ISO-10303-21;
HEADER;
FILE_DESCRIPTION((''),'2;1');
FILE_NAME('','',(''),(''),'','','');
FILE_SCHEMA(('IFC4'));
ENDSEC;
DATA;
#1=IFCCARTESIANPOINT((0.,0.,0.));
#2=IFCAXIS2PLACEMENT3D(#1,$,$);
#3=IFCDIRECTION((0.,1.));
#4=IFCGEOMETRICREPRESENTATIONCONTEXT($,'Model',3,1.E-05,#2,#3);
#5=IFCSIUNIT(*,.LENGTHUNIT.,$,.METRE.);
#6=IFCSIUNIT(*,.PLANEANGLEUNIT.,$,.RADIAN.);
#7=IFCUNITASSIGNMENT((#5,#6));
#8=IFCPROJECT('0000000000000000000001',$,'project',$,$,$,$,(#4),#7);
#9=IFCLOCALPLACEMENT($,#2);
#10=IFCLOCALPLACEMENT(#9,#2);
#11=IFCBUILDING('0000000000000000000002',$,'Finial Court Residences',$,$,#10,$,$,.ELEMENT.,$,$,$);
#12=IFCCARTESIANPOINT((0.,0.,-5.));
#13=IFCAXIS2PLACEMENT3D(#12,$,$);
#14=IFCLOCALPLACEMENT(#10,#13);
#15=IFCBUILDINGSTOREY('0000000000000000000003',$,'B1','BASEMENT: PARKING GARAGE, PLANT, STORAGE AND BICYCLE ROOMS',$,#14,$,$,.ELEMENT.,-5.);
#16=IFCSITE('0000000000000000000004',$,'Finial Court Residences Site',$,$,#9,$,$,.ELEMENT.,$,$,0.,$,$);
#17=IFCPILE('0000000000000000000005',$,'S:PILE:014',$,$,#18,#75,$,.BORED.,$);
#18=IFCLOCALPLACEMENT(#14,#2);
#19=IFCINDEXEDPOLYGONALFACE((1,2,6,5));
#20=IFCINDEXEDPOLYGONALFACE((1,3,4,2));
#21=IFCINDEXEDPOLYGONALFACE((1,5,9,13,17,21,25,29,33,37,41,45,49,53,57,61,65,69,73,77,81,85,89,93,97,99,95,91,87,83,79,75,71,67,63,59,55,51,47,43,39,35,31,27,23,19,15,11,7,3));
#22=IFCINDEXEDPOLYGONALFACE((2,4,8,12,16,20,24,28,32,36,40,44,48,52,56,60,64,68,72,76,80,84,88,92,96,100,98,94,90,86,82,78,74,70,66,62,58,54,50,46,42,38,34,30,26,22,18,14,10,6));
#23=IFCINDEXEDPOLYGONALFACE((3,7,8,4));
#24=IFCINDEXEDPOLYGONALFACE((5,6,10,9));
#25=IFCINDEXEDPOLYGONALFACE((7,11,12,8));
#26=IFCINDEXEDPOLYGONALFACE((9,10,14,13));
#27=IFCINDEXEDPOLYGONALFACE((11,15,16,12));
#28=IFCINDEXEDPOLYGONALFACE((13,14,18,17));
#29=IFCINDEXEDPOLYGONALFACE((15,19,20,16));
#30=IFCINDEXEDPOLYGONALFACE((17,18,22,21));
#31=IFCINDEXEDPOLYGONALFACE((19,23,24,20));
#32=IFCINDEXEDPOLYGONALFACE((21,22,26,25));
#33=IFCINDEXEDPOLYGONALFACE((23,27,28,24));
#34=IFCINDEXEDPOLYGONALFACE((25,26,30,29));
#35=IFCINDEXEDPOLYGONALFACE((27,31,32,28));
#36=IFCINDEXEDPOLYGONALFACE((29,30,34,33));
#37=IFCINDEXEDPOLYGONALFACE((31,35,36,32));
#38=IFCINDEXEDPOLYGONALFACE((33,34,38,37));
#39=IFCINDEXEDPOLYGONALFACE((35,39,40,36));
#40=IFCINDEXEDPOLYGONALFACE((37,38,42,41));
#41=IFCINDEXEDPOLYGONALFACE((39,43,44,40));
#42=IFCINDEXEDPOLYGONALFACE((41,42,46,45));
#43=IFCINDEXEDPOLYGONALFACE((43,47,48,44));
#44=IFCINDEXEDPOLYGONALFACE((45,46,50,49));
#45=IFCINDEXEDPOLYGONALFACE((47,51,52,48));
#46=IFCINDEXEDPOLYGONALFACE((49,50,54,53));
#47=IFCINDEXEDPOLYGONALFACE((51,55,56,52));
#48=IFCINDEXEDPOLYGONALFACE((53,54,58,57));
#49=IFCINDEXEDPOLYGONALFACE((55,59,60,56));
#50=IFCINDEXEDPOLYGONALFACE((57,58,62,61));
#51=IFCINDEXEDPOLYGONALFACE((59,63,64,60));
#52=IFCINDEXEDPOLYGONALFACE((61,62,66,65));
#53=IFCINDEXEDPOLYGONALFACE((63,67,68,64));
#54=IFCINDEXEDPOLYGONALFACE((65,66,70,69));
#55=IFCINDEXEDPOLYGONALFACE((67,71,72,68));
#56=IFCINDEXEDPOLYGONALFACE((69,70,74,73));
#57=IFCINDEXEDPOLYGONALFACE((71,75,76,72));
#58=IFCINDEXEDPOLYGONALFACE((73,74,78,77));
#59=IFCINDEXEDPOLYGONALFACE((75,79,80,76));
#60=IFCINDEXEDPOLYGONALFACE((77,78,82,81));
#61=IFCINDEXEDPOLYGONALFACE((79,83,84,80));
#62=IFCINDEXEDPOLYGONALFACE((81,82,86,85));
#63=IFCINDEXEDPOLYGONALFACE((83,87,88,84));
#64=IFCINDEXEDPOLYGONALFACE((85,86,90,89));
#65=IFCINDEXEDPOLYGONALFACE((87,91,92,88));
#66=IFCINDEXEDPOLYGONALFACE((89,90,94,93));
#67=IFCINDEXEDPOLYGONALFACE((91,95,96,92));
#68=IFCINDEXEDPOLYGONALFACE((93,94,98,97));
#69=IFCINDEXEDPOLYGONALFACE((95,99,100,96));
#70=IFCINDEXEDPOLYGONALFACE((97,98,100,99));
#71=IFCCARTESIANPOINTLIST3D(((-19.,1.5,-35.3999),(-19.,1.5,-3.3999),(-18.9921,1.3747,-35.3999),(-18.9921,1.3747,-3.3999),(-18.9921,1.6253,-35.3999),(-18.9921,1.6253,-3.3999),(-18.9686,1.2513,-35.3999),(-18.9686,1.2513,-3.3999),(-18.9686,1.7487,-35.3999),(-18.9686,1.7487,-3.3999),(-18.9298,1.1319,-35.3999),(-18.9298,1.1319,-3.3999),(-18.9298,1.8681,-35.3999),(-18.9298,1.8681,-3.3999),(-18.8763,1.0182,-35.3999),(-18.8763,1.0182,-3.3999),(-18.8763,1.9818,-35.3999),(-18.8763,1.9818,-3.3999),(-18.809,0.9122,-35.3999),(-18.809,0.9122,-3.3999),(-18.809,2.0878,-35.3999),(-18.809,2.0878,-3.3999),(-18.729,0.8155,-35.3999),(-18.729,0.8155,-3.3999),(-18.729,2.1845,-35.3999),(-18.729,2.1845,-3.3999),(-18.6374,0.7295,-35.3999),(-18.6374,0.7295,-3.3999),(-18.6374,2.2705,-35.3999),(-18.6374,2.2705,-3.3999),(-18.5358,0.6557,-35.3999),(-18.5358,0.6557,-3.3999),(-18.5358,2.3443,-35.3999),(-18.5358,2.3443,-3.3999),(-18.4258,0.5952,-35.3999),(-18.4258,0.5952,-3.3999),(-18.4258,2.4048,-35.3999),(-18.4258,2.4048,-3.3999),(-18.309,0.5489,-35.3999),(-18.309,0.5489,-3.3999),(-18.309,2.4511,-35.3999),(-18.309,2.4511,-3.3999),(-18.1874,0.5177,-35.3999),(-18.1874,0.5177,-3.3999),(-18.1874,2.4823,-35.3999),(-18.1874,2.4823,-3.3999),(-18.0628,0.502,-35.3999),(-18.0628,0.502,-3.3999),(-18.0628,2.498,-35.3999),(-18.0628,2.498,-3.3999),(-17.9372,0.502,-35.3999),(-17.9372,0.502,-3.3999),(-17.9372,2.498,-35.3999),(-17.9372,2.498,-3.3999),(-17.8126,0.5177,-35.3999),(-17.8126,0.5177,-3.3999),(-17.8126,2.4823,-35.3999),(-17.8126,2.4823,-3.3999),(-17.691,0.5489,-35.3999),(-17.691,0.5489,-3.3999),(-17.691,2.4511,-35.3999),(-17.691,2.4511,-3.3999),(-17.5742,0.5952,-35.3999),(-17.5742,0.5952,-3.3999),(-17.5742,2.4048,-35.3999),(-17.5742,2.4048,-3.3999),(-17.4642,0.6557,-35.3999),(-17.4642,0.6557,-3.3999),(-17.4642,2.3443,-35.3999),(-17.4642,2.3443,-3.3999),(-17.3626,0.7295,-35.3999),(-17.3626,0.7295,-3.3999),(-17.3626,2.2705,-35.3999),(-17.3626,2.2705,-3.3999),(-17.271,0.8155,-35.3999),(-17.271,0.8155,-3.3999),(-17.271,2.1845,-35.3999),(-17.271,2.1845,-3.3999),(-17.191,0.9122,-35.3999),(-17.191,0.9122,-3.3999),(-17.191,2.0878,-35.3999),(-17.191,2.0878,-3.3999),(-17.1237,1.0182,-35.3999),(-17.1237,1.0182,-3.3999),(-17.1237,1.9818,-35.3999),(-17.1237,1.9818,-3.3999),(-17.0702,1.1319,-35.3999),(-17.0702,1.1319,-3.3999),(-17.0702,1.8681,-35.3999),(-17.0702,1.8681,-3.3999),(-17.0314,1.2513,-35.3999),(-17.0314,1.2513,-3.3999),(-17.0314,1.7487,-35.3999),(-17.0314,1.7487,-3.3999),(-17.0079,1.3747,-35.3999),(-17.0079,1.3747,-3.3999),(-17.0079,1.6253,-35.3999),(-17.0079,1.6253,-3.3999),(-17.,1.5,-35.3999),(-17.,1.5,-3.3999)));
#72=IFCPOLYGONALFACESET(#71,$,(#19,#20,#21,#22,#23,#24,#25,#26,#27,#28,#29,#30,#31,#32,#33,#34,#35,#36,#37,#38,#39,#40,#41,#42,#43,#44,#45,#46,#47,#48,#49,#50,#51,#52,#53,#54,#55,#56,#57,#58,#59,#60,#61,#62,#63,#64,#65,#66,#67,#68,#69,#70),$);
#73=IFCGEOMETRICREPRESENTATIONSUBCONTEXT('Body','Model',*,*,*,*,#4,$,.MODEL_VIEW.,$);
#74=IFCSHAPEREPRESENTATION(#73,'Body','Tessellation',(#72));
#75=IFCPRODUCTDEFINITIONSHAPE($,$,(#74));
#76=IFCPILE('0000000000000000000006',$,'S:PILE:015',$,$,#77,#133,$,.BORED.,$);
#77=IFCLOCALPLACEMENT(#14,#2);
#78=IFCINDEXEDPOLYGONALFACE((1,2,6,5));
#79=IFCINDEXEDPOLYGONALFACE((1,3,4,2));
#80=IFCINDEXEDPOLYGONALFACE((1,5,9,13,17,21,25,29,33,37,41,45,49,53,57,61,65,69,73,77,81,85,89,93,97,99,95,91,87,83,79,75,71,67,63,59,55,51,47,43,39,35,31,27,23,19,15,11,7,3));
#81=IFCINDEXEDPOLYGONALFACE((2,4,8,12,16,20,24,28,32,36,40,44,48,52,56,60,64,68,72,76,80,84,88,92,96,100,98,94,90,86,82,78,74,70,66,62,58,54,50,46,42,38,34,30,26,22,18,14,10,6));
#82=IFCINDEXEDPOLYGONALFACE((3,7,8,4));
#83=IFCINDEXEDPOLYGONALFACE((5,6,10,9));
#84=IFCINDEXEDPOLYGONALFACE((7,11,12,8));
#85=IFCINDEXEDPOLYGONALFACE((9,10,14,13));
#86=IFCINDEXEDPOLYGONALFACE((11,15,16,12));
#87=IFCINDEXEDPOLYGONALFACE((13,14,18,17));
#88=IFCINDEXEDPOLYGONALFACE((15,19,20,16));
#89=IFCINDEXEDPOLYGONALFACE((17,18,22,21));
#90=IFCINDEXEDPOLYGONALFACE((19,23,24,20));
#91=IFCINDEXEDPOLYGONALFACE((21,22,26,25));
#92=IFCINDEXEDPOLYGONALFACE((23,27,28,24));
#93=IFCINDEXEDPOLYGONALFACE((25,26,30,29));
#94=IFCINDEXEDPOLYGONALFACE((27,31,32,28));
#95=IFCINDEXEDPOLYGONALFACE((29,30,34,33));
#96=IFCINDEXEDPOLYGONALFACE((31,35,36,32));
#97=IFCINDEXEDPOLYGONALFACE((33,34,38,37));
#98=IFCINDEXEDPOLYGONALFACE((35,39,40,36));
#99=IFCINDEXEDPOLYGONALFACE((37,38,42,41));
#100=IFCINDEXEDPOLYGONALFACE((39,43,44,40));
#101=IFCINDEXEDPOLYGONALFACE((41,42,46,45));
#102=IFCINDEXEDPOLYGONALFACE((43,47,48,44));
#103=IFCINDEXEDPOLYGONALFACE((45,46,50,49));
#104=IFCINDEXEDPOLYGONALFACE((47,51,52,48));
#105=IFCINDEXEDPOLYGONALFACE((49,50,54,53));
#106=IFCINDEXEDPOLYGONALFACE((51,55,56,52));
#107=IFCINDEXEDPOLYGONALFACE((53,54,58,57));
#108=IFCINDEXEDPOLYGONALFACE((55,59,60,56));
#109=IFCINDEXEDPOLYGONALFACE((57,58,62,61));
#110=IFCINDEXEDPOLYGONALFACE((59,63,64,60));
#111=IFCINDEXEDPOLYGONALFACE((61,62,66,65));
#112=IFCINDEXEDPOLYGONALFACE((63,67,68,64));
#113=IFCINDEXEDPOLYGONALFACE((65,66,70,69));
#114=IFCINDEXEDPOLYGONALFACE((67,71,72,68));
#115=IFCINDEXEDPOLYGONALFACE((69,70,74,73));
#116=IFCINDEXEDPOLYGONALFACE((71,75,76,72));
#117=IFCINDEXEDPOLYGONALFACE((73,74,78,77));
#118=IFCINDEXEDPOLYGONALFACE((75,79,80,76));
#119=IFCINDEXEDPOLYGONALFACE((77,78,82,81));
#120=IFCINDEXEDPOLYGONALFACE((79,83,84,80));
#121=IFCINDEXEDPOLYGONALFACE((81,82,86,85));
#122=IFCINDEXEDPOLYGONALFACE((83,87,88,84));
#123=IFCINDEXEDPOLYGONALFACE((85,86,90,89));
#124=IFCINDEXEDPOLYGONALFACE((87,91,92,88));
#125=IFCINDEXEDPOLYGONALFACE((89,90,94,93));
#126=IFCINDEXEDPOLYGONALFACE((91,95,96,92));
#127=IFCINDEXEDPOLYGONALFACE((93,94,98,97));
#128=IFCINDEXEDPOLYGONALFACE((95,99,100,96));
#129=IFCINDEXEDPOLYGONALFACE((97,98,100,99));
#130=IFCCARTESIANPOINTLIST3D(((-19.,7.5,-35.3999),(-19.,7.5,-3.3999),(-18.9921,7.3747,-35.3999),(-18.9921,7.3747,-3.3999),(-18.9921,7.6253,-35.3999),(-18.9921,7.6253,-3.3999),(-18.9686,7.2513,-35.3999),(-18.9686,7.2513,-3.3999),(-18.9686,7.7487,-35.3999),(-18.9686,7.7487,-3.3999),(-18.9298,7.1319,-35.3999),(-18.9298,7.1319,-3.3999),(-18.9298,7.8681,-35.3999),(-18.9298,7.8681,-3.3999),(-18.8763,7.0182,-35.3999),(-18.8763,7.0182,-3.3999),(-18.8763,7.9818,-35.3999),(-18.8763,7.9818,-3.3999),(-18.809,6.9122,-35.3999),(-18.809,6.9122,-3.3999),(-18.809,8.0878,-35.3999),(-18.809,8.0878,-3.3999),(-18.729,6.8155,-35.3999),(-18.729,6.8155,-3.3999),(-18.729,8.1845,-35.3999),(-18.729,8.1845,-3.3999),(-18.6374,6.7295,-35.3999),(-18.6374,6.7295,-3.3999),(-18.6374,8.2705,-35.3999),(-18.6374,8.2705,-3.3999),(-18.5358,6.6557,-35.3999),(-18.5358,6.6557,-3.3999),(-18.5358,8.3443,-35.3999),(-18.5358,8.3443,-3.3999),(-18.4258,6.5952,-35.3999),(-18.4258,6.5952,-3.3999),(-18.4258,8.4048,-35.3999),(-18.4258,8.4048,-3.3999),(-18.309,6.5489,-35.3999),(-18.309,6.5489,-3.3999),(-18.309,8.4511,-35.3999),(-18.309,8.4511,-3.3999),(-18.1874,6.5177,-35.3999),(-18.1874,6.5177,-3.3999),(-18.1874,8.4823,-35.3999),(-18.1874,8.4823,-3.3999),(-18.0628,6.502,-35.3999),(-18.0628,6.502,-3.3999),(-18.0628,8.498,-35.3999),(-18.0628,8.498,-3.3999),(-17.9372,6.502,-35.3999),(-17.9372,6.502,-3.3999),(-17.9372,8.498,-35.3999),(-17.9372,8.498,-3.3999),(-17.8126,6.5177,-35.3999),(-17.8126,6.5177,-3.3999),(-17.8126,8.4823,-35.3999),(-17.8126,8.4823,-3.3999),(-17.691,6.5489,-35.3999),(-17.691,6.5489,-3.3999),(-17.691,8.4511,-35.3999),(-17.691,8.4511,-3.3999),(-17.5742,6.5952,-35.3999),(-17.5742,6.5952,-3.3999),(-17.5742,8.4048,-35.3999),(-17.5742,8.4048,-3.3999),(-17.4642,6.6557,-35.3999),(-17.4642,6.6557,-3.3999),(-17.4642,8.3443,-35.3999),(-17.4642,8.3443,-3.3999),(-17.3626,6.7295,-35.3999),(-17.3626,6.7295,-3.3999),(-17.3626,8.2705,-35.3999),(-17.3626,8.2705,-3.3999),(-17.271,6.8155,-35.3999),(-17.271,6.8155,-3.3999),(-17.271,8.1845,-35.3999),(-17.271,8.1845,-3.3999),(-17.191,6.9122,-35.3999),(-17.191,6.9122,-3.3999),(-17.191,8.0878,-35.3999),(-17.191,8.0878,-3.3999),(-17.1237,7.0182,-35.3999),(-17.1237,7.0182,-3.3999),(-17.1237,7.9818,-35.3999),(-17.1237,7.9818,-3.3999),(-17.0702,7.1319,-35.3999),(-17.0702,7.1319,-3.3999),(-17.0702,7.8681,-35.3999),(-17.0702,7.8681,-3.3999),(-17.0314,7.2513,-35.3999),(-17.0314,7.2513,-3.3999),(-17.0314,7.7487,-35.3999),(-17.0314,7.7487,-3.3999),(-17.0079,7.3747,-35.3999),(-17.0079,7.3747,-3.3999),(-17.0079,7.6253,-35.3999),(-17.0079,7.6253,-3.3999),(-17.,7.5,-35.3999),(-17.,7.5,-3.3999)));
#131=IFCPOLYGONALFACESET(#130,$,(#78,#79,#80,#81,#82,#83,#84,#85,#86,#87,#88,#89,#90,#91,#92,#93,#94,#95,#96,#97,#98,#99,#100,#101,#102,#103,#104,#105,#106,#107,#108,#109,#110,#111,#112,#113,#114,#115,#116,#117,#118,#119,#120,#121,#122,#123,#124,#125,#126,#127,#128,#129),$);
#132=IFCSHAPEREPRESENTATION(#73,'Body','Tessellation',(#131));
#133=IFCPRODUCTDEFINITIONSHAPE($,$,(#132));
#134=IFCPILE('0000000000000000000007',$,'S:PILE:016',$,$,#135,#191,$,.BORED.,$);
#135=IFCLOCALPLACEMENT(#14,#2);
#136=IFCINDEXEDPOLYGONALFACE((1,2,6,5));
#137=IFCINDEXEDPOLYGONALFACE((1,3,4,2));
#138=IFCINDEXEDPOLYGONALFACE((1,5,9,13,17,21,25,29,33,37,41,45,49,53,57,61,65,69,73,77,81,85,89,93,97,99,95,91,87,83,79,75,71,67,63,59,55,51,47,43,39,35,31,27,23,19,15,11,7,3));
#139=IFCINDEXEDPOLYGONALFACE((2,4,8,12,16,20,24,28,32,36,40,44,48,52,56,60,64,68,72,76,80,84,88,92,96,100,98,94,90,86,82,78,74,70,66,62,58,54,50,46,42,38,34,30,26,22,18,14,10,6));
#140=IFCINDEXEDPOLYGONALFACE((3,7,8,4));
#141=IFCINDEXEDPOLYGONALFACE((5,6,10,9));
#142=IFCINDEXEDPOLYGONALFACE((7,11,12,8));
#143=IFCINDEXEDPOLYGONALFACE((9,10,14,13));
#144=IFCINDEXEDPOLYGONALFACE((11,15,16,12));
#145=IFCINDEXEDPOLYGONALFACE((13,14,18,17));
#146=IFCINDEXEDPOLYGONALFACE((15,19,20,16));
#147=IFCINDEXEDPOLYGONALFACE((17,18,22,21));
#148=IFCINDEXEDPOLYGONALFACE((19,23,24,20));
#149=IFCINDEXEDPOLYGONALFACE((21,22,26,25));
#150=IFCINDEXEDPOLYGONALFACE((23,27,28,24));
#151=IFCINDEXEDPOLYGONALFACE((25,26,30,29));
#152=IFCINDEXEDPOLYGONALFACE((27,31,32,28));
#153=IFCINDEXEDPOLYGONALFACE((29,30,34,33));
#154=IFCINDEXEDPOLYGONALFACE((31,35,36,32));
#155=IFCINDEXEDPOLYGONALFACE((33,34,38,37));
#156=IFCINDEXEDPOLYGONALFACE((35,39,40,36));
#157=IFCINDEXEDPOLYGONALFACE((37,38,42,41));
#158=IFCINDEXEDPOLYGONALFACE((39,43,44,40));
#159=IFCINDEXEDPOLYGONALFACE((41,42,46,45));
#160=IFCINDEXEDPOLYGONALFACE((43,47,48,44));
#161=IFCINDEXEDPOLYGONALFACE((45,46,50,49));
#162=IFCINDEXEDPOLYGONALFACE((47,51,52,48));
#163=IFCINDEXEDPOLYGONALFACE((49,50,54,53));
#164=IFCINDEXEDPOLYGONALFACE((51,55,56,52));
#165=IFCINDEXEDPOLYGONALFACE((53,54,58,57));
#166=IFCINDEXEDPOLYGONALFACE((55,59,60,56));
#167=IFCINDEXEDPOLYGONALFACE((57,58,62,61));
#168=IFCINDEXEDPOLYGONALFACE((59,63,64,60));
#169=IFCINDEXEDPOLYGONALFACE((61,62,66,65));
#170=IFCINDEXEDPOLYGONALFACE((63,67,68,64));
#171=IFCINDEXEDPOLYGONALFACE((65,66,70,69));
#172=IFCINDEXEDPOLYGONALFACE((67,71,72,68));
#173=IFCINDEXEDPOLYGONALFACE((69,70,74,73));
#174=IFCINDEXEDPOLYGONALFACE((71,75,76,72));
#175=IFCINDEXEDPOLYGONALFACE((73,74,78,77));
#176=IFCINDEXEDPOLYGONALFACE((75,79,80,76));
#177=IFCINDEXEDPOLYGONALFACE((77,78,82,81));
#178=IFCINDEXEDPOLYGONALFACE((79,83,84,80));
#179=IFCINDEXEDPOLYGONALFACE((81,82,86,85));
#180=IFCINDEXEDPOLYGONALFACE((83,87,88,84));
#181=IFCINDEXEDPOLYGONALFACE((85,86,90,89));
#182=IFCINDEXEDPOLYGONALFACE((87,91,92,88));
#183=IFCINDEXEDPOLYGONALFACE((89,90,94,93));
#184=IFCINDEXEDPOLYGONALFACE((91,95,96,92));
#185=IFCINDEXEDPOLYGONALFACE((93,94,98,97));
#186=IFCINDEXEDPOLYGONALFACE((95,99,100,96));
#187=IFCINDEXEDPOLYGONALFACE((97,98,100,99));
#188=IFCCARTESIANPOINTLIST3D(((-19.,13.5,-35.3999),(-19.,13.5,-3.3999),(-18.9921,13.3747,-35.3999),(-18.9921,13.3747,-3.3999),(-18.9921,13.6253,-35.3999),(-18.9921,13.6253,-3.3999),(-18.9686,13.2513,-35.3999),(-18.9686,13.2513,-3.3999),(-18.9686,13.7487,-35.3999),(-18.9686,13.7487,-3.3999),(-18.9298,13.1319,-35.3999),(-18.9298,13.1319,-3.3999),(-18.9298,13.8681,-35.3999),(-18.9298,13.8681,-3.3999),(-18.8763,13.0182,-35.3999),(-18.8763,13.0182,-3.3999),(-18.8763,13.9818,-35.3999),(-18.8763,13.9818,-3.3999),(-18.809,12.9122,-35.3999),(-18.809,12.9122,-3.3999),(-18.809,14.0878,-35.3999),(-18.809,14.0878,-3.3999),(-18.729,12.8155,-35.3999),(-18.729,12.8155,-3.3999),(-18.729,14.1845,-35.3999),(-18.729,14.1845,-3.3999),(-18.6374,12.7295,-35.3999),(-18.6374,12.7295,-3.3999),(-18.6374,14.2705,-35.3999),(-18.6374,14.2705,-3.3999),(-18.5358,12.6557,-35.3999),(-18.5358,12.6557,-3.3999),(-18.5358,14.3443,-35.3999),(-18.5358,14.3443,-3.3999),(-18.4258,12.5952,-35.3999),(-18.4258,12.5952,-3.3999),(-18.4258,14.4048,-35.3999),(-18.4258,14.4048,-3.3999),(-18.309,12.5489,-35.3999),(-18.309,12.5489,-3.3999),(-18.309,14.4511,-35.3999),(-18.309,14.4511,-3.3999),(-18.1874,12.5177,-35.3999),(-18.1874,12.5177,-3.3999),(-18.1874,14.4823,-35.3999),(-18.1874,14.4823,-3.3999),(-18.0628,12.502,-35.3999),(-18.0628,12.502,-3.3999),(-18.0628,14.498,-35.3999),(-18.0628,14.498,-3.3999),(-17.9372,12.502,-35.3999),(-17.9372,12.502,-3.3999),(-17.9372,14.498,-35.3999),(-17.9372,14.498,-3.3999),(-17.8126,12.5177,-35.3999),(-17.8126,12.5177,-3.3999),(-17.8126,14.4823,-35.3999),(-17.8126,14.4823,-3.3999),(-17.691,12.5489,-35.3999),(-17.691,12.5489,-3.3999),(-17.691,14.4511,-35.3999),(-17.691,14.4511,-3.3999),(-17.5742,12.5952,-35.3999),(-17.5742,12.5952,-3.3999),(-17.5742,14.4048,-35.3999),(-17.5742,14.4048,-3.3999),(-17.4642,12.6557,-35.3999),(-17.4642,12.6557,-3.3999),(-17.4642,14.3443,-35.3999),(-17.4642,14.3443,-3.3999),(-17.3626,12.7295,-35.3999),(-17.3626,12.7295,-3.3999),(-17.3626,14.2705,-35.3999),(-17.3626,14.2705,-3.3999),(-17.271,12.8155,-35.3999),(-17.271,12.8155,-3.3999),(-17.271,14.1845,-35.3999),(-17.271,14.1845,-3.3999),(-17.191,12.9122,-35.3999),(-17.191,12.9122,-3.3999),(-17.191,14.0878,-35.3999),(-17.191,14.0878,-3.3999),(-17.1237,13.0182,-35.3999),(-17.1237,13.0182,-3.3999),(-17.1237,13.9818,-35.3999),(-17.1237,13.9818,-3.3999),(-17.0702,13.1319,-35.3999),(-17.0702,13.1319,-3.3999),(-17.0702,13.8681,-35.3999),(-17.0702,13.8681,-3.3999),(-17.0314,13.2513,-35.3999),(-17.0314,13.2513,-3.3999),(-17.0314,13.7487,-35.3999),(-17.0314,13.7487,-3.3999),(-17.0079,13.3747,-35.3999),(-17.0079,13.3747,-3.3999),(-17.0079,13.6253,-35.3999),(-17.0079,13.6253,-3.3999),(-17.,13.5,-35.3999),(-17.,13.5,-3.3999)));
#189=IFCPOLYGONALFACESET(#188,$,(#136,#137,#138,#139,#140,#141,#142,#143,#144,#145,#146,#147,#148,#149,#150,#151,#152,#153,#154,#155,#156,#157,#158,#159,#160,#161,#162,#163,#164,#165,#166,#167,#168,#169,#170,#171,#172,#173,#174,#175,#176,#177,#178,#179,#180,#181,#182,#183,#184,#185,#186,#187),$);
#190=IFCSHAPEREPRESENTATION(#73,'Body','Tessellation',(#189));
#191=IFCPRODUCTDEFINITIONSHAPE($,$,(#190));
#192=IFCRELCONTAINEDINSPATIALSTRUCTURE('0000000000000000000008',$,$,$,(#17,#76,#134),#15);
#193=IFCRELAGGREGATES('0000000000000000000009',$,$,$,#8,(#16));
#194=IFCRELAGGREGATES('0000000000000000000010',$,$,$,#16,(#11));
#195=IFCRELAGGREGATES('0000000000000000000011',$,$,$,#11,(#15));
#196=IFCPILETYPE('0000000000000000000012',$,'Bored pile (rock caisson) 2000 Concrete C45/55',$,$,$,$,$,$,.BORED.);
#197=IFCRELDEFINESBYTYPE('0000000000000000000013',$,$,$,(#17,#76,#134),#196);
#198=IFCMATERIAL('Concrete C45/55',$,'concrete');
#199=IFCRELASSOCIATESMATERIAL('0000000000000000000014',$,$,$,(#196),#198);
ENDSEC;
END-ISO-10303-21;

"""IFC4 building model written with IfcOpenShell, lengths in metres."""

from ifc_helpers import new_model, si_unit, direction, frame, origin, origin_2d, place, context, subcontext, project, spatial, circle, extrude, material, material_profile, profile_set, type_object, element, save


model = new_model("IFC4")

# Units and contexts
model_context = context("Model", 3, precision=1e-05, world=origin(), true_north=direction((0.0, 1.0)))
body_context = subcontext(model_context, "Body", "Model", "MODEL_VIEW")
ifc_project = project(units=[si_unit("LENGTHUNIT", "METRE"), si_unit("PLANEANGLEUNIT", "RADIAN")], contexts=[model_context])

# Site, building, storey
site_placement = place(None, origin())
site = spatial("IfcSite", under=ifc_project, at=site_placement, Name="Finial Court Residences Site", CompositionType="ELEMENT", RefElevation=0.0)
building_placement = place(site_placement, origin())
building = spatial("IfcBuilding", under=site, at=building_placement, Name="Finial Court Residences", CompositionType="ELEMENT")
storey_placement = place(building_placement, frame((0.0, 0.0, -5.0)))
storey = spatial("IfcBuildingStorey", under=building, at=storey_placement, Name="B1", Description="BASEMENT: PARKING GARAGE, PLANT, STORAGE AND BICYCLE ROOMS", CompositionType="ELEMENT", Elevation=-5.0)

# Piles
ifc_material_1 = material(Name="Concrete C45/55", Category="concrete")
ifc_material_profile_1 = material_profile(ifc_material_1, circle(Radius=1.0, at=origin_2d()), Name="D2000")
ifc_profile_set_1 = profile_set([ifc_material_profile_1], Name="Concrete C45/55")
pile_type = type_object("IfcPileType", Name="Bored pile (rock caisson) 2000 Concrete C45/55", PredefinedType="BORED", material=ifc_profile_set_1)
for number, where, z_axis, x_axis, name in (
    (1, (-18.0, 1.5, -3.3999), (0.0, 0.0, -1.0), (1.0, 0.0, 0.0), "S:PILE:014"),
    (2, (-18.0, 7.5, -3.3999), (0.0, 0.0, -1.0), (1.0, 0.0, 0.0), "S:PILE:015"),
    (3, (-18.0, 13.5, -3.3999), (0.0, 0.0, -1.0), (1.0, 0.0, 0.0), "S:PILE:016"),
):
    element("IfcPile", number, at=place(storey_placement, frame(where, z_axis=z_axis, x_axis=x_axis)), inside=storey, type_object=pile_type, Name=name, PredefinedType="BORED", context=body_context, shape_type="SweptSolid", body=[
        extrude(circle(Radius=1.0, at=origin_2d()), origin(), (0.0, 0.0, 1.0), 32.0),
    ])

save(model, "model.ifc")
